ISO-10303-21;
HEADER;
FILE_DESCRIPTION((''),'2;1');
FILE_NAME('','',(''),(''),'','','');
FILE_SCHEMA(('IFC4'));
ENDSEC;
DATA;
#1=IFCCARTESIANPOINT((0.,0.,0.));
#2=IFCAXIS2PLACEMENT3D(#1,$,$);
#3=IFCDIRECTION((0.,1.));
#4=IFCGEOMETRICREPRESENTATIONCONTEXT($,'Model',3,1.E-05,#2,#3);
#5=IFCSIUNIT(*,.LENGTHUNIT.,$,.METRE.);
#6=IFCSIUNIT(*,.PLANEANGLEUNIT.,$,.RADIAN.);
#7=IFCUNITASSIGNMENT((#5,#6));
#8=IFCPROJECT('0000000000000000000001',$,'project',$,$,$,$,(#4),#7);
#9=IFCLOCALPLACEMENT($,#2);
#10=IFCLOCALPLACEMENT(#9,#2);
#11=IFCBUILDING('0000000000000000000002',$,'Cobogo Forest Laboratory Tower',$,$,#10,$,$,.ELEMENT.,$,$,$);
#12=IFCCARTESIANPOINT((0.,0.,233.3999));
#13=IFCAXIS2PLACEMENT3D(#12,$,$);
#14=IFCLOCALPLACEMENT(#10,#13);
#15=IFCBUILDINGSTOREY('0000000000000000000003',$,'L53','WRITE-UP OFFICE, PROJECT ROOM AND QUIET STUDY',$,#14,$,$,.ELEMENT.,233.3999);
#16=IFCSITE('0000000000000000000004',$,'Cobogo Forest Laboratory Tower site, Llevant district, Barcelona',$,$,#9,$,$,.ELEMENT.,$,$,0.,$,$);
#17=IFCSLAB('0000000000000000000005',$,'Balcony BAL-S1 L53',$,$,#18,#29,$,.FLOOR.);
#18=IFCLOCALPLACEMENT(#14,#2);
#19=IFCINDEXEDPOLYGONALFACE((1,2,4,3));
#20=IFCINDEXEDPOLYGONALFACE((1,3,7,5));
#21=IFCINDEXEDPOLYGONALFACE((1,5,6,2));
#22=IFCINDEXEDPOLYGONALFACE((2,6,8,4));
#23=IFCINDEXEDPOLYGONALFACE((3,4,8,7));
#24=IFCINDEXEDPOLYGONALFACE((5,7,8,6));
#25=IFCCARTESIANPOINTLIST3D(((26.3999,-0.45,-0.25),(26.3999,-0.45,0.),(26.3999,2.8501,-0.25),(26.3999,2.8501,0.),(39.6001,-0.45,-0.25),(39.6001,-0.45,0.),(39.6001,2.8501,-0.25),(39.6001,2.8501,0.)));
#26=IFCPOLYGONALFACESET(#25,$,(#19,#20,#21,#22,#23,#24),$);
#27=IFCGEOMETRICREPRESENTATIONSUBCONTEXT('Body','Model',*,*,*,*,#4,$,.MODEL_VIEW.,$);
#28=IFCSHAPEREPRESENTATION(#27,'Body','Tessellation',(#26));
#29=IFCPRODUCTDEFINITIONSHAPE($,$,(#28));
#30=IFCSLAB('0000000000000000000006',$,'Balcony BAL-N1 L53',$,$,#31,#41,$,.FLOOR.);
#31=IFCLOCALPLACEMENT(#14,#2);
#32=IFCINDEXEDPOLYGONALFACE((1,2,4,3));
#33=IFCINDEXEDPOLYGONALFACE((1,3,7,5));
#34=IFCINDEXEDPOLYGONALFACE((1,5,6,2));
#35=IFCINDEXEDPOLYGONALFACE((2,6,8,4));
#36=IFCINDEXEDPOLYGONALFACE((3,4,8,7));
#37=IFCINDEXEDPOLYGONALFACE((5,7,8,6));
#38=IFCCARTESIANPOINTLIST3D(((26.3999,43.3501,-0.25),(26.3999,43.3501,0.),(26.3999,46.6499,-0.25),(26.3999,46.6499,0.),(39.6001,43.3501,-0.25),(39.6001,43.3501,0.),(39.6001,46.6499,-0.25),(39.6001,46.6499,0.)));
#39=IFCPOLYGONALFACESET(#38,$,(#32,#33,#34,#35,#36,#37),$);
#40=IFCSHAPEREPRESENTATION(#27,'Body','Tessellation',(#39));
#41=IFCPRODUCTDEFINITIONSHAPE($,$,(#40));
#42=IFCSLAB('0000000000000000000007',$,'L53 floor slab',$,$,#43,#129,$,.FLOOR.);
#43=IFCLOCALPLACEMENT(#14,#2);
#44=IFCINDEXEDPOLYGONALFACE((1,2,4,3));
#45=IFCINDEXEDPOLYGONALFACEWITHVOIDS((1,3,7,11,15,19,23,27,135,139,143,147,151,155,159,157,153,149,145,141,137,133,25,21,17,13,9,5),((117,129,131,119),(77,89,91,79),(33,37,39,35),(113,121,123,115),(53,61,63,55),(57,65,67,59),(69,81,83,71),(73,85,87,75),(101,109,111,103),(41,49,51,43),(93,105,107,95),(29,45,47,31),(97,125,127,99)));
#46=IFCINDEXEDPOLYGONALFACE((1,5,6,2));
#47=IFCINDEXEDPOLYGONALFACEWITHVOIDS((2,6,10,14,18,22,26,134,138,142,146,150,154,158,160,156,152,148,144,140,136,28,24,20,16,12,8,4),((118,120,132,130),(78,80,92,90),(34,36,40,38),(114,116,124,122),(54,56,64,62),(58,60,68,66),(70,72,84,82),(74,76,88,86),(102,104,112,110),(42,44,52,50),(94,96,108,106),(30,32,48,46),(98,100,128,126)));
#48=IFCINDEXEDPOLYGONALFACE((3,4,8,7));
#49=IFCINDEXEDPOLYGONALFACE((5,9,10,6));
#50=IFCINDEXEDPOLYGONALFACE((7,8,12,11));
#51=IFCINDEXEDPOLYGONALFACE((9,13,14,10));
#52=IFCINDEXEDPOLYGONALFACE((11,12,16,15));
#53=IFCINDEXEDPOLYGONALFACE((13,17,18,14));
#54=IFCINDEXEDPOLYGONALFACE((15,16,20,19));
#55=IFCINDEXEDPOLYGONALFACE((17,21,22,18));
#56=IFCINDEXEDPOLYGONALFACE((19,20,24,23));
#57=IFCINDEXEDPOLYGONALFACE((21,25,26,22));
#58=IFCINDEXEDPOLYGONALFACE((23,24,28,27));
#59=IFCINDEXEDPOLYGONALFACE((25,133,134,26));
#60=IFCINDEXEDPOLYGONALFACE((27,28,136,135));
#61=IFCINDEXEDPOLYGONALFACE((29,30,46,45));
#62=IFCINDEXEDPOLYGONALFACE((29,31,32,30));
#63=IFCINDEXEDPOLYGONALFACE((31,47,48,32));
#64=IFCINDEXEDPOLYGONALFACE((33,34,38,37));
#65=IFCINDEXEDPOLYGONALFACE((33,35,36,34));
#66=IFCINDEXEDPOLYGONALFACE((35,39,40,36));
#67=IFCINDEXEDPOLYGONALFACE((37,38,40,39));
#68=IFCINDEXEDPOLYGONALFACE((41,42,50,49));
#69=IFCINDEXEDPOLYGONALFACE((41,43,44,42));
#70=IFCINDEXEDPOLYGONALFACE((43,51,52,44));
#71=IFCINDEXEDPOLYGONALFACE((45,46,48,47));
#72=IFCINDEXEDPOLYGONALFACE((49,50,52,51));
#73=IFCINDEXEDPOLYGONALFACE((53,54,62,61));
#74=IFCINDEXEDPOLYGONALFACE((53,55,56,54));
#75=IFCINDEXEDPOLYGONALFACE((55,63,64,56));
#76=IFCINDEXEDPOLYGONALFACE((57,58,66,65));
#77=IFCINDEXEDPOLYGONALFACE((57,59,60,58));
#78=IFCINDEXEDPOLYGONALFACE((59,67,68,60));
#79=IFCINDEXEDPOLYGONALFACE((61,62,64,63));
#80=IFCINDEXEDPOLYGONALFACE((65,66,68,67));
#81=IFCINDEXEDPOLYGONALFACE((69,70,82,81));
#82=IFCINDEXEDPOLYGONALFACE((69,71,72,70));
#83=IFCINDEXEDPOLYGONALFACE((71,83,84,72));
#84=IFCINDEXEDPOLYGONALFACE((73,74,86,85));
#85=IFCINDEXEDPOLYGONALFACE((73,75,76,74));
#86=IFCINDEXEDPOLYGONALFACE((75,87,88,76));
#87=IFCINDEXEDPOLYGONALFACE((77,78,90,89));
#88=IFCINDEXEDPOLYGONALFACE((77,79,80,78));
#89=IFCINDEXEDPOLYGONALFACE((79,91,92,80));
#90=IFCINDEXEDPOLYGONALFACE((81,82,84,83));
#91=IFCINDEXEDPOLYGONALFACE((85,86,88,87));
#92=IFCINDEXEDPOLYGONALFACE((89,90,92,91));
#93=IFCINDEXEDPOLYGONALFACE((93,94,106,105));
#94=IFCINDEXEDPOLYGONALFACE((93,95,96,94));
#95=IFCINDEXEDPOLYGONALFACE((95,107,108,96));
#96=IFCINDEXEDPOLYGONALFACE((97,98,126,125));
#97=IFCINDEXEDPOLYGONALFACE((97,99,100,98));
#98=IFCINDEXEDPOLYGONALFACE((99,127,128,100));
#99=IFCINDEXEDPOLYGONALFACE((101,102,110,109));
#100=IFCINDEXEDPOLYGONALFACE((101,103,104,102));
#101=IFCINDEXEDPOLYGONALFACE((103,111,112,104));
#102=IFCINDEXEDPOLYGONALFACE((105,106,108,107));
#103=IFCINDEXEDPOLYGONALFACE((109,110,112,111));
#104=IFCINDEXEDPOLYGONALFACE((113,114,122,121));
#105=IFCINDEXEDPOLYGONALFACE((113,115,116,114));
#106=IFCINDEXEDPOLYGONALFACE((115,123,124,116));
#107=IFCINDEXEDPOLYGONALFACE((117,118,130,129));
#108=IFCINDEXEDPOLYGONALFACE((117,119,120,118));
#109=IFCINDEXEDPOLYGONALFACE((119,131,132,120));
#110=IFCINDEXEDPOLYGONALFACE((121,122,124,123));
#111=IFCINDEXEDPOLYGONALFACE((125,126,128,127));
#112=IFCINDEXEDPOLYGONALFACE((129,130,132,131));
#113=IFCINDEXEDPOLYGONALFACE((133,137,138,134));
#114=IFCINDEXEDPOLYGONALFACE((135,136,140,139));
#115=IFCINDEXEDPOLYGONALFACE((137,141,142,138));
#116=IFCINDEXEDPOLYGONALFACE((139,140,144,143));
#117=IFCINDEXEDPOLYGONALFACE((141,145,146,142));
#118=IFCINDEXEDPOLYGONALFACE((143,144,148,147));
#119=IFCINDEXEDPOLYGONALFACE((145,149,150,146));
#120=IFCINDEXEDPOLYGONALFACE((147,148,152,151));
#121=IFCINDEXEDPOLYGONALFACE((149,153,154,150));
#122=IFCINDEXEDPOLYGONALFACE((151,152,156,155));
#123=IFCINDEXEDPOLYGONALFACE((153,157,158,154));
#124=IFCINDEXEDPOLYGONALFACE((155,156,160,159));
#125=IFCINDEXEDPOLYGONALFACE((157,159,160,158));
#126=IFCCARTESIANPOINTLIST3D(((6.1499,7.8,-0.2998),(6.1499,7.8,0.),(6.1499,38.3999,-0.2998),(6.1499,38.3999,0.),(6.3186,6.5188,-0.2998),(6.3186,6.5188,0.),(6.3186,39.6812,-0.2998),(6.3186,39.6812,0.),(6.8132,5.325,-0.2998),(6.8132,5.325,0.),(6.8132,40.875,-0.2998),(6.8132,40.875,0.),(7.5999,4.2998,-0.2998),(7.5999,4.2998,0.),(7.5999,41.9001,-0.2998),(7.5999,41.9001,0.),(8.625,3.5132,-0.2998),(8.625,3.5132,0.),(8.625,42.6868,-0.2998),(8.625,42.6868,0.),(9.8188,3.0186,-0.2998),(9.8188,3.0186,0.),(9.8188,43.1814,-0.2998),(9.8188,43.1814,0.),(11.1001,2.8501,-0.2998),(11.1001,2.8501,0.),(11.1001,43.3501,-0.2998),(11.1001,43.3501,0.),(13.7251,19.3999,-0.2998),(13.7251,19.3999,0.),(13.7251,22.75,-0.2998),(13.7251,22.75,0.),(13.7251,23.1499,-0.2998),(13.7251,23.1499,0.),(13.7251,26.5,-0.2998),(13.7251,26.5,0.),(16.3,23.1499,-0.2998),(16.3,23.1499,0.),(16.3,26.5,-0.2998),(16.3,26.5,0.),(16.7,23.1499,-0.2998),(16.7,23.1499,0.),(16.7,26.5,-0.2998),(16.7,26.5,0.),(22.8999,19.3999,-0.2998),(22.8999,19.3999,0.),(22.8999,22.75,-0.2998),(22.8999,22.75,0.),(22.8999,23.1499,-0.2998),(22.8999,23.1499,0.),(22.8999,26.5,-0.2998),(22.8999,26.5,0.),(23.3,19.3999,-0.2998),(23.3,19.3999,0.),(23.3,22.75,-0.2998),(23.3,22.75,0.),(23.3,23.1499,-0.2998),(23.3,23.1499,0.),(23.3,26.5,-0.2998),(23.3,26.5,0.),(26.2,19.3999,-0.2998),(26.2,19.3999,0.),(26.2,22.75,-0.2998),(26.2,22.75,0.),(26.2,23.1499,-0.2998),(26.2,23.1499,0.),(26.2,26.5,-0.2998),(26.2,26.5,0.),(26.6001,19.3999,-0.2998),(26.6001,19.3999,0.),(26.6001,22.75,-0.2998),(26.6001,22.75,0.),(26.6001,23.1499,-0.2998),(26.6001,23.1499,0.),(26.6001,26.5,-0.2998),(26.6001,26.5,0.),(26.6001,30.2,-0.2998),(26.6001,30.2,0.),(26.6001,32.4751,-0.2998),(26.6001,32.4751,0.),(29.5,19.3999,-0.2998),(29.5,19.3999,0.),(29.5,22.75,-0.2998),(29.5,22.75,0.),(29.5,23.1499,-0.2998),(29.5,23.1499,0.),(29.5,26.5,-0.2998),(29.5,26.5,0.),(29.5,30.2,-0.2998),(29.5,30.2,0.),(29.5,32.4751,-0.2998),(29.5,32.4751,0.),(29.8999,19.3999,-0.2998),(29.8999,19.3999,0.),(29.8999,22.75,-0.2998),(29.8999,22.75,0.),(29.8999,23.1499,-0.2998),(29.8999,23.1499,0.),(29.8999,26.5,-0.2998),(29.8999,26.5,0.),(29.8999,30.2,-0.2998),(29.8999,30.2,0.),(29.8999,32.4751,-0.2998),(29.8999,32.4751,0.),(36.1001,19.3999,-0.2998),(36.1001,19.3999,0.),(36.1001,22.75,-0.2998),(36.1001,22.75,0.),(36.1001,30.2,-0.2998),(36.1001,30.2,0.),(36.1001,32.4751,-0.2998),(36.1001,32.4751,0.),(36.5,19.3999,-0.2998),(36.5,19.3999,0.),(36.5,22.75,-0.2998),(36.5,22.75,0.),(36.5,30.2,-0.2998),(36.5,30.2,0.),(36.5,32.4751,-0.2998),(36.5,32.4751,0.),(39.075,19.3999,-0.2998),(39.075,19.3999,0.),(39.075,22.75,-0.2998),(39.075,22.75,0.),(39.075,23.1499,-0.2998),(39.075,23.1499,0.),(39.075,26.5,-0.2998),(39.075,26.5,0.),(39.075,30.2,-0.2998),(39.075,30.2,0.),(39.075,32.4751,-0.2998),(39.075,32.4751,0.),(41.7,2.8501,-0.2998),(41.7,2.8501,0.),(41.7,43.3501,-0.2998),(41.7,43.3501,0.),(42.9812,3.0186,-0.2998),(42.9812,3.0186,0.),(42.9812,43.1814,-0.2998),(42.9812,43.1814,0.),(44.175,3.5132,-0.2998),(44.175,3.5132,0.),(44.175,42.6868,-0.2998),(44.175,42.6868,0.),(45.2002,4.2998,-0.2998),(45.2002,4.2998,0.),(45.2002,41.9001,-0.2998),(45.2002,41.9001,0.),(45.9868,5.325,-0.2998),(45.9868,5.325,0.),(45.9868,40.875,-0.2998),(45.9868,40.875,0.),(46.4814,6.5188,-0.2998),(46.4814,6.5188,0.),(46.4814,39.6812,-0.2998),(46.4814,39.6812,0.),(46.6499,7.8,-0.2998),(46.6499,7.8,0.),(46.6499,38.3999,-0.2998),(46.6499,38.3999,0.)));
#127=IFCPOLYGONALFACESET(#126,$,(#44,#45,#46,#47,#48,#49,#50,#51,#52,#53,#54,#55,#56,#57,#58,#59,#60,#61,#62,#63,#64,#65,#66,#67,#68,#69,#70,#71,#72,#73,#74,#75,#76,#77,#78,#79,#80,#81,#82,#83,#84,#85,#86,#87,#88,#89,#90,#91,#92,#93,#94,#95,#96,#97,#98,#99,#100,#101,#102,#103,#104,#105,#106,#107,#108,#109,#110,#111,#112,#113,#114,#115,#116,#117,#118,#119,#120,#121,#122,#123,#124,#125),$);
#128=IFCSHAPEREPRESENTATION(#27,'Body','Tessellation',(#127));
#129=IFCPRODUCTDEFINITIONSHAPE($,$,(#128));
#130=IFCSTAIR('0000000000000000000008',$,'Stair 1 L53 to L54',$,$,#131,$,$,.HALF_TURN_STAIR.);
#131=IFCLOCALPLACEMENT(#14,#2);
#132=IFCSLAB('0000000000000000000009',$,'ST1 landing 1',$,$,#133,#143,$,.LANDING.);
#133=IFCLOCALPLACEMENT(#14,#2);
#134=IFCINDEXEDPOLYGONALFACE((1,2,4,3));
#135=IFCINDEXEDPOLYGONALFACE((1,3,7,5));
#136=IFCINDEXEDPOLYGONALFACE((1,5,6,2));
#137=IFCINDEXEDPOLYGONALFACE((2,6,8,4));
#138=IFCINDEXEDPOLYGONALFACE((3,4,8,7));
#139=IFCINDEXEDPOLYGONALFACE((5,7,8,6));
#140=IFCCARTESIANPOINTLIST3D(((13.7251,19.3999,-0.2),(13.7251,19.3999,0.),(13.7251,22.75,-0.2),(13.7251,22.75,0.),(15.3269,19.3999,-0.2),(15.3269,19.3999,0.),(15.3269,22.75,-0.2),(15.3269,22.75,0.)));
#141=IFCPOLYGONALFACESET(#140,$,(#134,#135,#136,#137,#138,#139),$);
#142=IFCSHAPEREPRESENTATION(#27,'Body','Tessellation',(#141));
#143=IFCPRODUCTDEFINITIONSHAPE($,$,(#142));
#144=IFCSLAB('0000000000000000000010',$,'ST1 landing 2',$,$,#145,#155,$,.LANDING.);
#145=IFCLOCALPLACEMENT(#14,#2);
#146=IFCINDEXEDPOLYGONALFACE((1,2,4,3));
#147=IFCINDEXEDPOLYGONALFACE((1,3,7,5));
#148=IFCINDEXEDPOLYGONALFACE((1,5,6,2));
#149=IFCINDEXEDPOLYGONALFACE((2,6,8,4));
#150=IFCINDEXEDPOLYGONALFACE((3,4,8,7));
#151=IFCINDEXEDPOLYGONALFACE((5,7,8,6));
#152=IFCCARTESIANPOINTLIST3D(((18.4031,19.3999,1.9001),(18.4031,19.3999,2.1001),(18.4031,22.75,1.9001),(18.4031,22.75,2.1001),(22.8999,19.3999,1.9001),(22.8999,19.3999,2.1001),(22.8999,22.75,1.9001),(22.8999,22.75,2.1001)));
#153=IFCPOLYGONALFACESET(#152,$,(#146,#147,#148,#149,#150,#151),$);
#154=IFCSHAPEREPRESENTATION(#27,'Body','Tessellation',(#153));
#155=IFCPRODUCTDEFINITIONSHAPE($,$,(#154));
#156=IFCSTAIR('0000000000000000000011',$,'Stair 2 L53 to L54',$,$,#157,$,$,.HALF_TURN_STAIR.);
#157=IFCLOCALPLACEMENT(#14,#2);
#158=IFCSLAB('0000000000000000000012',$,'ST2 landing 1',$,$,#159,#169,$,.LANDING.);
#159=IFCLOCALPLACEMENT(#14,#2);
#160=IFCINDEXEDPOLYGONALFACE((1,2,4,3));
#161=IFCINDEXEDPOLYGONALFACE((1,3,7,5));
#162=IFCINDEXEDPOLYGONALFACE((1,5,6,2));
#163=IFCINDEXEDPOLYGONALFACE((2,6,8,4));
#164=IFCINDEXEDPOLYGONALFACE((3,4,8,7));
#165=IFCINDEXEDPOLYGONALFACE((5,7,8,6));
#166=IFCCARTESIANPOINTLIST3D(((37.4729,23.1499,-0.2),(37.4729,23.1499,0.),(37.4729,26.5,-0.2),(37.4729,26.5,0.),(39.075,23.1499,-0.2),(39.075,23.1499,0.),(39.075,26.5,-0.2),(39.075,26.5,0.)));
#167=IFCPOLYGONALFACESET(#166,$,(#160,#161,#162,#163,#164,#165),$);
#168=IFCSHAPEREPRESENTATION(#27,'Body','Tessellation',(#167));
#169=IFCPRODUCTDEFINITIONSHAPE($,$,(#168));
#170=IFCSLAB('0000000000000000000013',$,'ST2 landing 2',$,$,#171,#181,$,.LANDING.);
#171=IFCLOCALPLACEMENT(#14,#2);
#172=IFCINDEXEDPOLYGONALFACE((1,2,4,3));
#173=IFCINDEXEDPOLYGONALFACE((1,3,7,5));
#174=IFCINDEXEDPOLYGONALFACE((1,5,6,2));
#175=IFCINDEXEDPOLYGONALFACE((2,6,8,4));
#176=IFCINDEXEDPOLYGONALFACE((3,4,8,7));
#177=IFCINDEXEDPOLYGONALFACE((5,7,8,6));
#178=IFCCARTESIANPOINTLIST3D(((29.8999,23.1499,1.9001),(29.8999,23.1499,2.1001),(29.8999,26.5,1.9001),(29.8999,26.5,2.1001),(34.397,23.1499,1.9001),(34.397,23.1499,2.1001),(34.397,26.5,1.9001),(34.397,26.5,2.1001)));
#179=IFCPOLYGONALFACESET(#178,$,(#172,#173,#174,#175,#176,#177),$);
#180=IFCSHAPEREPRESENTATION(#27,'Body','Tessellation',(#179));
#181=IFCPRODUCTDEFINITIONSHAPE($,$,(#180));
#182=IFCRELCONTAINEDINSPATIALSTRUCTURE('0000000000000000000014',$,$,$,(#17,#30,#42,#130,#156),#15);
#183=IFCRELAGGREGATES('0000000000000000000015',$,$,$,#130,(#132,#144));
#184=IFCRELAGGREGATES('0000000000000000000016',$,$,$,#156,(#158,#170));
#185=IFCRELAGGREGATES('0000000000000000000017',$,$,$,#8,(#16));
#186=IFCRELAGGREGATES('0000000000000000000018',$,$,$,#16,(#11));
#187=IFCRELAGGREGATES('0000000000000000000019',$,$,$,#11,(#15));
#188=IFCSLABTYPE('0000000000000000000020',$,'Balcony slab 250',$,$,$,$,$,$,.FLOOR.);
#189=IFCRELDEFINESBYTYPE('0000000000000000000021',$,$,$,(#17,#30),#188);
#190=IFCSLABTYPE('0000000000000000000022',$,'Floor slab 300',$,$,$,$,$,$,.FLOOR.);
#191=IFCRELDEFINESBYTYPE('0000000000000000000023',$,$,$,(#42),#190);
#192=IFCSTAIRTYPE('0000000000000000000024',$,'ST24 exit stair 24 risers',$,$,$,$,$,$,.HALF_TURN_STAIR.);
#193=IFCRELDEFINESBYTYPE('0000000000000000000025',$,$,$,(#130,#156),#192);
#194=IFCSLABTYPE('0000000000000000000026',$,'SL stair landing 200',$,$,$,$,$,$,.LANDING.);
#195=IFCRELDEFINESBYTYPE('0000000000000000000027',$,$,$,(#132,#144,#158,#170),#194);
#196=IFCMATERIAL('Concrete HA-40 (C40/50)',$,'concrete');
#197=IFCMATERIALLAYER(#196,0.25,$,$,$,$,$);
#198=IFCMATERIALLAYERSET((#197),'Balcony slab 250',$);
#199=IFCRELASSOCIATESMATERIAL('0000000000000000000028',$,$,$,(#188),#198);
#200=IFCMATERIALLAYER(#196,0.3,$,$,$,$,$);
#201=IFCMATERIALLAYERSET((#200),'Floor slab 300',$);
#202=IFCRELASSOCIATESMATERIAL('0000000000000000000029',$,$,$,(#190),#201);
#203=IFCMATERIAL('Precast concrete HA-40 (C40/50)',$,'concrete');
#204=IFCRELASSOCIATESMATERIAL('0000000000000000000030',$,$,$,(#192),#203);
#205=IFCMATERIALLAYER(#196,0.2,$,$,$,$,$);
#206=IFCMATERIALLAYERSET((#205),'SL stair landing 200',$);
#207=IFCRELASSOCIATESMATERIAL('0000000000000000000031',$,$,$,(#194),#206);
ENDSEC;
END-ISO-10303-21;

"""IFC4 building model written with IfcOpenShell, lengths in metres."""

from ifc_helpers import new_model, si_unit, direction, frame, origin, place, context, subcontext, project, spatial, polyline, outline, extrude, material, layer, layer_set, type_object, element, aggregate, save


model = new_model("IFC4")

# Units and contexts
model_context = context("Model", 3, precision=1e-05, world=origin(), true_north=direction((0.0, 1.0)))
body_context = subcontext(model_context, "Body", "Model", "MODEL_VIEW")
ifc_project = project(units=[si_unit("LENGTHUNIT", "METRE"), si_unit("PLANEANGLEUNIT", "RADIAN")], contexts=[model_context])

# Site, building, storey
site_placement = place(None, origin())
site = spatial("IfcSite", under=ifc_project, at=site_placement, Name="Cobogo Forest Laboratory Tower site, Llevant district, Barcelona", CompositionType="ELEMENT", RefElevation=0.0)
building_placement = place(site_placement, origin())
building = spatial("IfcBuilding", under=site, at=building_placement, Name="Cobogo Forest Laboratory Tower", CompositionType="ELEMENT")
storey_placement = place(building_placement, frame((0.0, 0.0, 233.3999)))
storey = spatial("IfcBuildingStorey", under=building, at=storey_placement, Name="L53", Description="WRITE-UP OFFICE, PROJECT ROOM AND QUIET STUDY", CompositionType="ELEMENT", Elevation=233.3999)

# Slabs
ifc_material_1 = material(Name="Concrete HA-40 (C40/50)", Category="concrete")
ifc_layer_1 = layer(ifc_material_1, 0.25)
ifc_layer_set_1 = layer_set([ifc_layer_1], Name="Balcony slab 250")
slab_type_1 = type_object("IfcSlabType", Name="Balcony slab 250", PredefinedType="FLOOR", material=ifc_layer_set_1)
slab_1_placement = place(storey_placement, frame((0.0, 0.0, -0.25)))
element("IfcSlab", 1, at=slab_1_placement, inside=storey, type_object=slab_type_1, Name="Balcony BAL-S1 L53", PredefinedType="FLOOR", context=body_context, shape_type="SweptSolid", body=[
    extrude(outline(polyline([(26.3999, -0.45), (39.6001, -0.45), (39.6001, 2.8501), (26.3999, 2.8501), (26.3999, -0.45)])), origin(), (0.0, 0.0, 1.0), 0.25),
])
slab_2_placement = place(storey_placement, frame((0.0, 0.0, -0.25)))
element("IfcSlab", 2, at=slab_2_placement, inside=storey, type_object=slab_type_1, Name="Balcony BAL-N1 L53", PredefinedType="FLOOR", context=body_context, shape_type="SweptSolid", body=[
    extrude(outline(polyline([(26.3999, 43.3501), (39.6001, 43.3501), (39.6001, 46.6499), (26.3999, 46.6499), (26.3999, 43.3501)])), origin(), (0.0, 0.0, 1.0), 0.25),
])
ifc_layer_2 = layer(ifc_material_1, 0.3)
ifc_layer_set_2 = layer_set([ifc_layer_2], Name="Floor slab 300")
slab_type_2 = type_object("IfcSlabType", Name="Floor slab 300", PredefinedType="FLOOR", material=ifc_layer_set_2)
slab_3_placement = place(storey_placement, frame((0.0, 0.0, -0.2998)))
element("IfcSlab", 3, at=slab_3_placement, inside=storey, type_object=slab_type_2, Name="L53 floor slab", PredefinedType="FLOOR", context=body_context, shape_type="SweptSolid", body=[
    extrude(outline(polyline([(41.7, 2.8501), (42.9812, 3.0186), (44.175, 3.5132), (45.2002, 4.2998), (45.9868, 5.325), (46.4814, 6.5188), (46.6499, 7.8), (46.6499, 38.3999), (46.4814, 39.6812), (45.9868, 40.875), (45.2002, 41.9001), (44.175, 42.6868), (42.9812, 43.1814), (41.7, 43.3501), (11.1001, 43.3501), (9.8188, 43.1814), (8.625, 42.6868), (7.5999, 41.9001), (6.8132, 40.875), (6.3186, 39.6812), (6.1499, 38.3999), (6.1499, 7.8), (6.3186, 6.5188), (6.8132, 5.325), (7.5999, 4.2998), (8.625, 3.5132), (9.8188, 3.0186), (11.1001, 2.8501), (41.7, 2.8501)]), holes=[polyline([(22.8999, 19.3999), (13.7251, 19.3999), (13.7251, 22.75), (22.8999, 22.75), (22.8999, 19.3999)]), polyline([(26.2, 19.3999), (23.3, 19.3999), (23.3, 22.75), (26.2, 22.75), (26.2, 19.3999)]), polyline([(29.5, 19.3999), (26.6001, 19.3999), (26.6001, 22.75), (29.5, 22.75), (29.5, 19.3999)]), polyline([(36.1001, 22.75), (36.1001, 19.3999), (29.8999, 19.3999), (29.8999, 22.75), (36.1001, 22.75)]), polyline([(39.075, 19.3999), (36.5, 19.3999), (36.5, 22.75), (39.075, 22.75), (39.075, 19.3999)]), polyline([(16.3, 23.1499), (13.7251, 23.1499), (13.7251, 26.5), (16.3, 26.5), (16.3, 23.1499)]), polyline([(22.8999, 26.5), (22.8999, 23.1499), (16.7, 23.1499), (16.7, 26.5), (22.8999, 26.5)]), polyline([(26.2, 23.1499), (23.3, 23.1499), (23.3, 26.5), (26.2, 26.5), (26.2, 23.1499)]), polyline([(29.5, 23.1499), (26.6001, 23.1499), (26.6001, 26.5), (29.5, 26.5), (29.5, 23.1499)]), polyline([(39.075, 23.1499), (29.8999, 23.1499), (29.8999, 26.5), (39.075, 26.5), (39.075, 23.1499)]), polyline([(29.5, 30.2), (26.6001, 30.2), (26.6001, 32.4751), (29.5, 32.4751), (29.5, 30.2)]), polyline([(36.1001, 32.4751), (36.1001, 30.2), (29.8999, 30.2), (29.8999, 32.4751), (36.1001, 32.4751)]), polyline([(39.075, 30.2), (36.5, 30.2), (36.5, 32.4751), (39.075, 32.4751), (39.075, 30.2)])]), origin(), (0.0, 0.0, 1.0), 0.2998),
])

# Stairs, slabs
ifc_material_2 = material(Name="Precast concrete HA-40 (C40/50)", Category="concrete")
stair_type = type_object("IfcStairType", Name="ST24 exit stair 24 risers", PredefinedType="HALF_TURN_STAIR", material=ifc_material_2)
stair_1_placement = place(storey_placement, origin())
stair_1 = element("IfcStair", 4, at=stair_1_placement, inside=storey, type_object=stair_type, Name="Stair 1 L53 to L54", PredefinedType="HALF_TURN_STAIR")
ifc_layer_3 = layer(ifc_material_1, 0.2)
ifc_layer_set_3 = layer_set([ifc_layer_3], Name="SL stair landing 200")
slab_type_3 = type_object("IfcSlabType", Name="SL stair landing 200", PredefinedType="LANDING", material=ifc_layer_set_3)
slab_4_placement = place(storey_placement, frame((0.0, 0.0, -0.2)))
slab_4 = element("IfcSlab", 5, at=slab_4_placement, type_object=slab_type_3, Name="ST1 landing 1", PredefinedType="LANDING", context=body_context, shape_type="SweptSolid", body=[
    extrude(outline(polyline([(13.7251, 19.3999), (15.3269, 19.3999), (15.3269, 22.75), (13.7251, 22.75), (13.7251, 19.3999)])), origin(), (0.0, 0.0, 1.0), 0.2),
])
slab_5_placement = place(storey_placement, frame((0.0, 0.0, 1.9001)))
slab_5 = element("IfcSlab", 6, at=slab_5_placement, type_object=slab_type_3, Name="ST1 landing 2", PredefinedType="LANDING", context=body_context, shape_type="SweptSolid", body=[
    extrude(outline(polyline([(18.4031, 19.3999), (22.8999, 19.3999), (22.8999, 22.75), (18.4031, 22.75), (18.4031, 19.3999)])), origin(), (0.0, 0.0, 1.0), 0.2),
])
aggregate(stair_1, [slab_4, slab_5])
stair_2_placement = place(storey_placement, origin())
stair_2 = element("IfcStair", 7, at=stair_2_placement, inside=storey, type_object=stair_type, Name="Stair 2 L53 to L54", PredefinedType="HALF_TURN_STAIR")
slab_6_placement = place(storey_placement, frame((0.0, 0.0, -0.2)))
slab_6 = element("IfcSlab", 8, at=slab_6_placement, type_object=slab_type_3, Name="ST2 landing 1", PredefinedType="LANDING", context=body_context, shape_type="SweptSolid", body=[
    extrude(outline(polyline([(37.4729, 23.1499), (39.075, 23.1499), (39.075, 26.5), (37.4729, 26.5), (37.4729, 23.1499)])), origin(), (0.0, 0.0, 1.0), 0.2),
])
slab_7_placement = place(storey_placement, frame((0.0, 0.0, 1.9001)))
slab_7 = element("IfcSlab", 9, at=slab_7_placement, type_object=slab_type_3, Name="ST2 landing 2", PredefinedType="LANDING", context=body_context, shape_type="SweptSolid", body=[
    extrude(outline(polyline([(29.8999, 23.1499), (34.397, 23.1499), (34.397, 26.5), (29.8999, 26.5), (29.8999, 23.1499)])), origin(), (0.0, 0.0, 1.0), 0.2),
])
aggregate(stair_2, [slab_6, slab_7])

save(model, "model.ifc")
